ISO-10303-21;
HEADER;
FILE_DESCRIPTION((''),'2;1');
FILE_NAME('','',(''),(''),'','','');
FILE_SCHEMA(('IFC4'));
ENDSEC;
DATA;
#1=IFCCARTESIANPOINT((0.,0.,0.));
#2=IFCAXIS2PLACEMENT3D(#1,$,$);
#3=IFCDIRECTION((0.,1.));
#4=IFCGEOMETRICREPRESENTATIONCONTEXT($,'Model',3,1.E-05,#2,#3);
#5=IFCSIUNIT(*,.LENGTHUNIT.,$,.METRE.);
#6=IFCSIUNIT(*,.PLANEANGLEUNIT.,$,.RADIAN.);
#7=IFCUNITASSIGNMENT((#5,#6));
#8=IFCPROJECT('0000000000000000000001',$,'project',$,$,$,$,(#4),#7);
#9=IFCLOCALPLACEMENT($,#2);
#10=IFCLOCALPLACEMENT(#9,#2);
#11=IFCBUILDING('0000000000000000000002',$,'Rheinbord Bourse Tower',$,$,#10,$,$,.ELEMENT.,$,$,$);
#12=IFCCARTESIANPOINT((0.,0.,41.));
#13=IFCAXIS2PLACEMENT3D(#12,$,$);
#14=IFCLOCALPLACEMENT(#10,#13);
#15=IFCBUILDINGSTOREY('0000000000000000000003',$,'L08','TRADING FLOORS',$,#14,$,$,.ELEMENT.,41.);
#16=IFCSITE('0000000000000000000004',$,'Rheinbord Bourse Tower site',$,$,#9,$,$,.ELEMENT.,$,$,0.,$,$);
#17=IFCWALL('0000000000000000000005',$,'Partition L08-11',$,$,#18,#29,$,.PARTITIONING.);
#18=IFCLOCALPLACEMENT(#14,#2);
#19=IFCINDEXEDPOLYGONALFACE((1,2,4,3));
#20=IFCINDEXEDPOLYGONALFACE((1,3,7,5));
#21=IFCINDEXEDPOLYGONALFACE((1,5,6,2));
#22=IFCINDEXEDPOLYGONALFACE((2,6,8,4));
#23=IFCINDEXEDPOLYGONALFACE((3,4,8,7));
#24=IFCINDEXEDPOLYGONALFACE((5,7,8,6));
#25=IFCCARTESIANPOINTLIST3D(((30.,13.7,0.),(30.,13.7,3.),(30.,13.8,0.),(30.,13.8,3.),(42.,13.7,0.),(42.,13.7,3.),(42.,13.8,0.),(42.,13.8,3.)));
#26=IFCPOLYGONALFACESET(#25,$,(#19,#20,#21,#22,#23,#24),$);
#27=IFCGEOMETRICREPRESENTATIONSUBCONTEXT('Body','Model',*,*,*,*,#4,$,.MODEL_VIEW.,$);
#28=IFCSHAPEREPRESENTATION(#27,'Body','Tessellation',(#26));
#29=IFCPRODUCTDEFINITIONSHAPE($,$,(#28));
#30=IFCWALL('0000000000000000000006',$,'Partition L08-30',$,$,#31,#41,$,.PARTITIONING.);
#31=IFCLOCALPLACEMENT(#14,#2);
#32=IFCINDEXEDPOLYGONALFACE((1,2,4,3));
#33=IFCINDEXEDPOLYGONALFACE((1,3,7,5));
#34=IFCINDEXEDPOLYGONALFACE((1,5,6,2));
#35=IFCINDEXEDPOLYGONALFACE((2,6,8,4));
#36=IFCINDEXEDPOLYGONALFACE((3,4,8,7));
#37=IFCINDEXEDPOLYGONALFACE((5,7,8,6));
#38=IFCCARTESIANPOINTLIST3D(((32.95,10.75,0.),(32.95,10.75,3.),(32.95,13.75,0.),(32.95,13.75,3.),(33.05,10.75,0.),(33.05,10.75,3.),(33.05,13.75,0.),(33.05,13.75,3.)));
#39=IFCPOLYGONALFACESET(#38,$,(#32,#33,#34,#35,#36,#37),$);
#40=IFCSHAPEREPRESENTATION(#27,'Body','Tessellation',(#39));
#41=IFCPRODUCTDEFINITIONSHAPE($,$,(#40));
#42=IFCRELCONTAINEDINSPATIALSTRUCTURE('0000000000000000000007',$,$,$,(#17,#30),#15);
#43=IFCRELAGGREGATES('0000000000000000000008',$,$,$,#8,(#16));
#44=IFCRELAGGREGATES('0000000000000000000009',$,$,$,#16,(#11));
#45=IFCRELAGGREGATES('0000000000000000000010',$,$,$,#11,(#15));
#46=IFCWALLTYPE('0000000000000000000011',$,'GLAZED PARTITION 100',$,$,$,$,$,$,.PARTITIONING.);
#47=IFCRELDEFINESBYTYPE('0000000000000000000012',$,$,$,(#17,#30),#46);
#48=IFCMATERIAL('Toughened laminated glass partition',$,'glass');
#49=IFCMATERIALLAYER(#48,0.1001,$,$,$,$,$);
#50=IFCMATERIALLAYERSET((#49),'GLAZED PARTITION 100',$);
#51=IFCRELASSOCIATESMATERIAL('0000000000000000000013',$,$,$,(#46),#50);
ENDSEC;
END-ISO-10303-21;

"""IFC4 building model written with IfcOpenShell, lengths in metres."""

from ifc_helpers import new_model, si_unit, direction, frame, frame_2d, origin, place, context, subcontext, project, spatial, rectangle, extrude, material, layer, layer_set, type_object, element, save


model = new_model("IFC4")

# Units and contexts
model_context = context("Model", 3, precision=1e-05, world=origin(), true_north=direction((0.0, 1.0)))
body_context = subcontext(model_context, "Body", "Model", "MODEL_VIEW")
ifc_project = project(units=[si_unit("LENGTHUNIT", "METRE"), si_unit("PLANEANGLEUNIT", "RADIAN")], contexts=[model_context])

# Site, building, storey
site_placement = place(None, origin())
site = spatial("IfcSite", under=ifc_project, at=site_placement, Name="Rheinbord Bourse Tower site", CompositionType="ELEMENT", RefElevation=0.0)
building_placement = place(site_placement, origin())
building = spatial("IfcBuilding", under=site, at=building_placement, Name="Rheinbord Bourse Tower", CompositionType="ELEMENT")
storey_placement = place(building_placement, frame((0.0, 0.0, 41.0)))
storey = spatial("IfcBuildingStorey", under=building, at=storey_placement, Name="L08", Description="TRADING FLOORS", CompositionType="ELEMENT", Elevation=41.0)

# Shared definitions
ifc_material_1 = material(Name="Toughened laminated glass partition", Category="glass")
ifc_layer_1 = layer(ifc_material_1, 0.1001)
ifc_layer_set_1 = layer_set([ifc_layer_1], Name="GLAZED PARTITION 100")
wall_type_1 = type_object("IfcWallType", Name="GLAZED PARTITION 100", PredefinedType="PARTITIONING", material=ifc_layer_set_1)

# Walls
wall_1_placement = place(storey_placement, frame((30.0, 13.75, 0.0), z_axis=(0.0, 0.0, 1.0), x_axis=(1.0, 0.0, 0.0)))
element("IfcWall", 1, at=wall_1_placement, inside=storey, type_object=wall_type_1, Name="Partition L08-11", PredefinedType="PARTITIONING", context=body_context, shape_type="SweptSolid", body=[
    extrude(rectangle(XDim=12.0, YDim=0.1001, at=frame_2d((6.0, 0.0))), origin(), (0.0, 0.0, 1.0), 3.0),
])
wall_2_placement = place(storey_placement, frame((33.0, 10.75, 0.0), z_axis=(0.0, 0.0, 1.0), x_axis=(0.0, 1.0, 0.0)))
element("IfcWall", 2, at=wall_2_placement, inside=storey, type_object=wall_type_1, Name="Partition L08-30", PredefinedType="PARTITIONING", context=body_context, shape_type="SweptSolid", body=[
    extrude(rectangle(XDim=3.0, YDim=0.1001, at=frame_2d((1.5, 0.0))), origin(), (0.0, 0.0, 1.0), 3.0),
])

save(model, "model.ifc")
